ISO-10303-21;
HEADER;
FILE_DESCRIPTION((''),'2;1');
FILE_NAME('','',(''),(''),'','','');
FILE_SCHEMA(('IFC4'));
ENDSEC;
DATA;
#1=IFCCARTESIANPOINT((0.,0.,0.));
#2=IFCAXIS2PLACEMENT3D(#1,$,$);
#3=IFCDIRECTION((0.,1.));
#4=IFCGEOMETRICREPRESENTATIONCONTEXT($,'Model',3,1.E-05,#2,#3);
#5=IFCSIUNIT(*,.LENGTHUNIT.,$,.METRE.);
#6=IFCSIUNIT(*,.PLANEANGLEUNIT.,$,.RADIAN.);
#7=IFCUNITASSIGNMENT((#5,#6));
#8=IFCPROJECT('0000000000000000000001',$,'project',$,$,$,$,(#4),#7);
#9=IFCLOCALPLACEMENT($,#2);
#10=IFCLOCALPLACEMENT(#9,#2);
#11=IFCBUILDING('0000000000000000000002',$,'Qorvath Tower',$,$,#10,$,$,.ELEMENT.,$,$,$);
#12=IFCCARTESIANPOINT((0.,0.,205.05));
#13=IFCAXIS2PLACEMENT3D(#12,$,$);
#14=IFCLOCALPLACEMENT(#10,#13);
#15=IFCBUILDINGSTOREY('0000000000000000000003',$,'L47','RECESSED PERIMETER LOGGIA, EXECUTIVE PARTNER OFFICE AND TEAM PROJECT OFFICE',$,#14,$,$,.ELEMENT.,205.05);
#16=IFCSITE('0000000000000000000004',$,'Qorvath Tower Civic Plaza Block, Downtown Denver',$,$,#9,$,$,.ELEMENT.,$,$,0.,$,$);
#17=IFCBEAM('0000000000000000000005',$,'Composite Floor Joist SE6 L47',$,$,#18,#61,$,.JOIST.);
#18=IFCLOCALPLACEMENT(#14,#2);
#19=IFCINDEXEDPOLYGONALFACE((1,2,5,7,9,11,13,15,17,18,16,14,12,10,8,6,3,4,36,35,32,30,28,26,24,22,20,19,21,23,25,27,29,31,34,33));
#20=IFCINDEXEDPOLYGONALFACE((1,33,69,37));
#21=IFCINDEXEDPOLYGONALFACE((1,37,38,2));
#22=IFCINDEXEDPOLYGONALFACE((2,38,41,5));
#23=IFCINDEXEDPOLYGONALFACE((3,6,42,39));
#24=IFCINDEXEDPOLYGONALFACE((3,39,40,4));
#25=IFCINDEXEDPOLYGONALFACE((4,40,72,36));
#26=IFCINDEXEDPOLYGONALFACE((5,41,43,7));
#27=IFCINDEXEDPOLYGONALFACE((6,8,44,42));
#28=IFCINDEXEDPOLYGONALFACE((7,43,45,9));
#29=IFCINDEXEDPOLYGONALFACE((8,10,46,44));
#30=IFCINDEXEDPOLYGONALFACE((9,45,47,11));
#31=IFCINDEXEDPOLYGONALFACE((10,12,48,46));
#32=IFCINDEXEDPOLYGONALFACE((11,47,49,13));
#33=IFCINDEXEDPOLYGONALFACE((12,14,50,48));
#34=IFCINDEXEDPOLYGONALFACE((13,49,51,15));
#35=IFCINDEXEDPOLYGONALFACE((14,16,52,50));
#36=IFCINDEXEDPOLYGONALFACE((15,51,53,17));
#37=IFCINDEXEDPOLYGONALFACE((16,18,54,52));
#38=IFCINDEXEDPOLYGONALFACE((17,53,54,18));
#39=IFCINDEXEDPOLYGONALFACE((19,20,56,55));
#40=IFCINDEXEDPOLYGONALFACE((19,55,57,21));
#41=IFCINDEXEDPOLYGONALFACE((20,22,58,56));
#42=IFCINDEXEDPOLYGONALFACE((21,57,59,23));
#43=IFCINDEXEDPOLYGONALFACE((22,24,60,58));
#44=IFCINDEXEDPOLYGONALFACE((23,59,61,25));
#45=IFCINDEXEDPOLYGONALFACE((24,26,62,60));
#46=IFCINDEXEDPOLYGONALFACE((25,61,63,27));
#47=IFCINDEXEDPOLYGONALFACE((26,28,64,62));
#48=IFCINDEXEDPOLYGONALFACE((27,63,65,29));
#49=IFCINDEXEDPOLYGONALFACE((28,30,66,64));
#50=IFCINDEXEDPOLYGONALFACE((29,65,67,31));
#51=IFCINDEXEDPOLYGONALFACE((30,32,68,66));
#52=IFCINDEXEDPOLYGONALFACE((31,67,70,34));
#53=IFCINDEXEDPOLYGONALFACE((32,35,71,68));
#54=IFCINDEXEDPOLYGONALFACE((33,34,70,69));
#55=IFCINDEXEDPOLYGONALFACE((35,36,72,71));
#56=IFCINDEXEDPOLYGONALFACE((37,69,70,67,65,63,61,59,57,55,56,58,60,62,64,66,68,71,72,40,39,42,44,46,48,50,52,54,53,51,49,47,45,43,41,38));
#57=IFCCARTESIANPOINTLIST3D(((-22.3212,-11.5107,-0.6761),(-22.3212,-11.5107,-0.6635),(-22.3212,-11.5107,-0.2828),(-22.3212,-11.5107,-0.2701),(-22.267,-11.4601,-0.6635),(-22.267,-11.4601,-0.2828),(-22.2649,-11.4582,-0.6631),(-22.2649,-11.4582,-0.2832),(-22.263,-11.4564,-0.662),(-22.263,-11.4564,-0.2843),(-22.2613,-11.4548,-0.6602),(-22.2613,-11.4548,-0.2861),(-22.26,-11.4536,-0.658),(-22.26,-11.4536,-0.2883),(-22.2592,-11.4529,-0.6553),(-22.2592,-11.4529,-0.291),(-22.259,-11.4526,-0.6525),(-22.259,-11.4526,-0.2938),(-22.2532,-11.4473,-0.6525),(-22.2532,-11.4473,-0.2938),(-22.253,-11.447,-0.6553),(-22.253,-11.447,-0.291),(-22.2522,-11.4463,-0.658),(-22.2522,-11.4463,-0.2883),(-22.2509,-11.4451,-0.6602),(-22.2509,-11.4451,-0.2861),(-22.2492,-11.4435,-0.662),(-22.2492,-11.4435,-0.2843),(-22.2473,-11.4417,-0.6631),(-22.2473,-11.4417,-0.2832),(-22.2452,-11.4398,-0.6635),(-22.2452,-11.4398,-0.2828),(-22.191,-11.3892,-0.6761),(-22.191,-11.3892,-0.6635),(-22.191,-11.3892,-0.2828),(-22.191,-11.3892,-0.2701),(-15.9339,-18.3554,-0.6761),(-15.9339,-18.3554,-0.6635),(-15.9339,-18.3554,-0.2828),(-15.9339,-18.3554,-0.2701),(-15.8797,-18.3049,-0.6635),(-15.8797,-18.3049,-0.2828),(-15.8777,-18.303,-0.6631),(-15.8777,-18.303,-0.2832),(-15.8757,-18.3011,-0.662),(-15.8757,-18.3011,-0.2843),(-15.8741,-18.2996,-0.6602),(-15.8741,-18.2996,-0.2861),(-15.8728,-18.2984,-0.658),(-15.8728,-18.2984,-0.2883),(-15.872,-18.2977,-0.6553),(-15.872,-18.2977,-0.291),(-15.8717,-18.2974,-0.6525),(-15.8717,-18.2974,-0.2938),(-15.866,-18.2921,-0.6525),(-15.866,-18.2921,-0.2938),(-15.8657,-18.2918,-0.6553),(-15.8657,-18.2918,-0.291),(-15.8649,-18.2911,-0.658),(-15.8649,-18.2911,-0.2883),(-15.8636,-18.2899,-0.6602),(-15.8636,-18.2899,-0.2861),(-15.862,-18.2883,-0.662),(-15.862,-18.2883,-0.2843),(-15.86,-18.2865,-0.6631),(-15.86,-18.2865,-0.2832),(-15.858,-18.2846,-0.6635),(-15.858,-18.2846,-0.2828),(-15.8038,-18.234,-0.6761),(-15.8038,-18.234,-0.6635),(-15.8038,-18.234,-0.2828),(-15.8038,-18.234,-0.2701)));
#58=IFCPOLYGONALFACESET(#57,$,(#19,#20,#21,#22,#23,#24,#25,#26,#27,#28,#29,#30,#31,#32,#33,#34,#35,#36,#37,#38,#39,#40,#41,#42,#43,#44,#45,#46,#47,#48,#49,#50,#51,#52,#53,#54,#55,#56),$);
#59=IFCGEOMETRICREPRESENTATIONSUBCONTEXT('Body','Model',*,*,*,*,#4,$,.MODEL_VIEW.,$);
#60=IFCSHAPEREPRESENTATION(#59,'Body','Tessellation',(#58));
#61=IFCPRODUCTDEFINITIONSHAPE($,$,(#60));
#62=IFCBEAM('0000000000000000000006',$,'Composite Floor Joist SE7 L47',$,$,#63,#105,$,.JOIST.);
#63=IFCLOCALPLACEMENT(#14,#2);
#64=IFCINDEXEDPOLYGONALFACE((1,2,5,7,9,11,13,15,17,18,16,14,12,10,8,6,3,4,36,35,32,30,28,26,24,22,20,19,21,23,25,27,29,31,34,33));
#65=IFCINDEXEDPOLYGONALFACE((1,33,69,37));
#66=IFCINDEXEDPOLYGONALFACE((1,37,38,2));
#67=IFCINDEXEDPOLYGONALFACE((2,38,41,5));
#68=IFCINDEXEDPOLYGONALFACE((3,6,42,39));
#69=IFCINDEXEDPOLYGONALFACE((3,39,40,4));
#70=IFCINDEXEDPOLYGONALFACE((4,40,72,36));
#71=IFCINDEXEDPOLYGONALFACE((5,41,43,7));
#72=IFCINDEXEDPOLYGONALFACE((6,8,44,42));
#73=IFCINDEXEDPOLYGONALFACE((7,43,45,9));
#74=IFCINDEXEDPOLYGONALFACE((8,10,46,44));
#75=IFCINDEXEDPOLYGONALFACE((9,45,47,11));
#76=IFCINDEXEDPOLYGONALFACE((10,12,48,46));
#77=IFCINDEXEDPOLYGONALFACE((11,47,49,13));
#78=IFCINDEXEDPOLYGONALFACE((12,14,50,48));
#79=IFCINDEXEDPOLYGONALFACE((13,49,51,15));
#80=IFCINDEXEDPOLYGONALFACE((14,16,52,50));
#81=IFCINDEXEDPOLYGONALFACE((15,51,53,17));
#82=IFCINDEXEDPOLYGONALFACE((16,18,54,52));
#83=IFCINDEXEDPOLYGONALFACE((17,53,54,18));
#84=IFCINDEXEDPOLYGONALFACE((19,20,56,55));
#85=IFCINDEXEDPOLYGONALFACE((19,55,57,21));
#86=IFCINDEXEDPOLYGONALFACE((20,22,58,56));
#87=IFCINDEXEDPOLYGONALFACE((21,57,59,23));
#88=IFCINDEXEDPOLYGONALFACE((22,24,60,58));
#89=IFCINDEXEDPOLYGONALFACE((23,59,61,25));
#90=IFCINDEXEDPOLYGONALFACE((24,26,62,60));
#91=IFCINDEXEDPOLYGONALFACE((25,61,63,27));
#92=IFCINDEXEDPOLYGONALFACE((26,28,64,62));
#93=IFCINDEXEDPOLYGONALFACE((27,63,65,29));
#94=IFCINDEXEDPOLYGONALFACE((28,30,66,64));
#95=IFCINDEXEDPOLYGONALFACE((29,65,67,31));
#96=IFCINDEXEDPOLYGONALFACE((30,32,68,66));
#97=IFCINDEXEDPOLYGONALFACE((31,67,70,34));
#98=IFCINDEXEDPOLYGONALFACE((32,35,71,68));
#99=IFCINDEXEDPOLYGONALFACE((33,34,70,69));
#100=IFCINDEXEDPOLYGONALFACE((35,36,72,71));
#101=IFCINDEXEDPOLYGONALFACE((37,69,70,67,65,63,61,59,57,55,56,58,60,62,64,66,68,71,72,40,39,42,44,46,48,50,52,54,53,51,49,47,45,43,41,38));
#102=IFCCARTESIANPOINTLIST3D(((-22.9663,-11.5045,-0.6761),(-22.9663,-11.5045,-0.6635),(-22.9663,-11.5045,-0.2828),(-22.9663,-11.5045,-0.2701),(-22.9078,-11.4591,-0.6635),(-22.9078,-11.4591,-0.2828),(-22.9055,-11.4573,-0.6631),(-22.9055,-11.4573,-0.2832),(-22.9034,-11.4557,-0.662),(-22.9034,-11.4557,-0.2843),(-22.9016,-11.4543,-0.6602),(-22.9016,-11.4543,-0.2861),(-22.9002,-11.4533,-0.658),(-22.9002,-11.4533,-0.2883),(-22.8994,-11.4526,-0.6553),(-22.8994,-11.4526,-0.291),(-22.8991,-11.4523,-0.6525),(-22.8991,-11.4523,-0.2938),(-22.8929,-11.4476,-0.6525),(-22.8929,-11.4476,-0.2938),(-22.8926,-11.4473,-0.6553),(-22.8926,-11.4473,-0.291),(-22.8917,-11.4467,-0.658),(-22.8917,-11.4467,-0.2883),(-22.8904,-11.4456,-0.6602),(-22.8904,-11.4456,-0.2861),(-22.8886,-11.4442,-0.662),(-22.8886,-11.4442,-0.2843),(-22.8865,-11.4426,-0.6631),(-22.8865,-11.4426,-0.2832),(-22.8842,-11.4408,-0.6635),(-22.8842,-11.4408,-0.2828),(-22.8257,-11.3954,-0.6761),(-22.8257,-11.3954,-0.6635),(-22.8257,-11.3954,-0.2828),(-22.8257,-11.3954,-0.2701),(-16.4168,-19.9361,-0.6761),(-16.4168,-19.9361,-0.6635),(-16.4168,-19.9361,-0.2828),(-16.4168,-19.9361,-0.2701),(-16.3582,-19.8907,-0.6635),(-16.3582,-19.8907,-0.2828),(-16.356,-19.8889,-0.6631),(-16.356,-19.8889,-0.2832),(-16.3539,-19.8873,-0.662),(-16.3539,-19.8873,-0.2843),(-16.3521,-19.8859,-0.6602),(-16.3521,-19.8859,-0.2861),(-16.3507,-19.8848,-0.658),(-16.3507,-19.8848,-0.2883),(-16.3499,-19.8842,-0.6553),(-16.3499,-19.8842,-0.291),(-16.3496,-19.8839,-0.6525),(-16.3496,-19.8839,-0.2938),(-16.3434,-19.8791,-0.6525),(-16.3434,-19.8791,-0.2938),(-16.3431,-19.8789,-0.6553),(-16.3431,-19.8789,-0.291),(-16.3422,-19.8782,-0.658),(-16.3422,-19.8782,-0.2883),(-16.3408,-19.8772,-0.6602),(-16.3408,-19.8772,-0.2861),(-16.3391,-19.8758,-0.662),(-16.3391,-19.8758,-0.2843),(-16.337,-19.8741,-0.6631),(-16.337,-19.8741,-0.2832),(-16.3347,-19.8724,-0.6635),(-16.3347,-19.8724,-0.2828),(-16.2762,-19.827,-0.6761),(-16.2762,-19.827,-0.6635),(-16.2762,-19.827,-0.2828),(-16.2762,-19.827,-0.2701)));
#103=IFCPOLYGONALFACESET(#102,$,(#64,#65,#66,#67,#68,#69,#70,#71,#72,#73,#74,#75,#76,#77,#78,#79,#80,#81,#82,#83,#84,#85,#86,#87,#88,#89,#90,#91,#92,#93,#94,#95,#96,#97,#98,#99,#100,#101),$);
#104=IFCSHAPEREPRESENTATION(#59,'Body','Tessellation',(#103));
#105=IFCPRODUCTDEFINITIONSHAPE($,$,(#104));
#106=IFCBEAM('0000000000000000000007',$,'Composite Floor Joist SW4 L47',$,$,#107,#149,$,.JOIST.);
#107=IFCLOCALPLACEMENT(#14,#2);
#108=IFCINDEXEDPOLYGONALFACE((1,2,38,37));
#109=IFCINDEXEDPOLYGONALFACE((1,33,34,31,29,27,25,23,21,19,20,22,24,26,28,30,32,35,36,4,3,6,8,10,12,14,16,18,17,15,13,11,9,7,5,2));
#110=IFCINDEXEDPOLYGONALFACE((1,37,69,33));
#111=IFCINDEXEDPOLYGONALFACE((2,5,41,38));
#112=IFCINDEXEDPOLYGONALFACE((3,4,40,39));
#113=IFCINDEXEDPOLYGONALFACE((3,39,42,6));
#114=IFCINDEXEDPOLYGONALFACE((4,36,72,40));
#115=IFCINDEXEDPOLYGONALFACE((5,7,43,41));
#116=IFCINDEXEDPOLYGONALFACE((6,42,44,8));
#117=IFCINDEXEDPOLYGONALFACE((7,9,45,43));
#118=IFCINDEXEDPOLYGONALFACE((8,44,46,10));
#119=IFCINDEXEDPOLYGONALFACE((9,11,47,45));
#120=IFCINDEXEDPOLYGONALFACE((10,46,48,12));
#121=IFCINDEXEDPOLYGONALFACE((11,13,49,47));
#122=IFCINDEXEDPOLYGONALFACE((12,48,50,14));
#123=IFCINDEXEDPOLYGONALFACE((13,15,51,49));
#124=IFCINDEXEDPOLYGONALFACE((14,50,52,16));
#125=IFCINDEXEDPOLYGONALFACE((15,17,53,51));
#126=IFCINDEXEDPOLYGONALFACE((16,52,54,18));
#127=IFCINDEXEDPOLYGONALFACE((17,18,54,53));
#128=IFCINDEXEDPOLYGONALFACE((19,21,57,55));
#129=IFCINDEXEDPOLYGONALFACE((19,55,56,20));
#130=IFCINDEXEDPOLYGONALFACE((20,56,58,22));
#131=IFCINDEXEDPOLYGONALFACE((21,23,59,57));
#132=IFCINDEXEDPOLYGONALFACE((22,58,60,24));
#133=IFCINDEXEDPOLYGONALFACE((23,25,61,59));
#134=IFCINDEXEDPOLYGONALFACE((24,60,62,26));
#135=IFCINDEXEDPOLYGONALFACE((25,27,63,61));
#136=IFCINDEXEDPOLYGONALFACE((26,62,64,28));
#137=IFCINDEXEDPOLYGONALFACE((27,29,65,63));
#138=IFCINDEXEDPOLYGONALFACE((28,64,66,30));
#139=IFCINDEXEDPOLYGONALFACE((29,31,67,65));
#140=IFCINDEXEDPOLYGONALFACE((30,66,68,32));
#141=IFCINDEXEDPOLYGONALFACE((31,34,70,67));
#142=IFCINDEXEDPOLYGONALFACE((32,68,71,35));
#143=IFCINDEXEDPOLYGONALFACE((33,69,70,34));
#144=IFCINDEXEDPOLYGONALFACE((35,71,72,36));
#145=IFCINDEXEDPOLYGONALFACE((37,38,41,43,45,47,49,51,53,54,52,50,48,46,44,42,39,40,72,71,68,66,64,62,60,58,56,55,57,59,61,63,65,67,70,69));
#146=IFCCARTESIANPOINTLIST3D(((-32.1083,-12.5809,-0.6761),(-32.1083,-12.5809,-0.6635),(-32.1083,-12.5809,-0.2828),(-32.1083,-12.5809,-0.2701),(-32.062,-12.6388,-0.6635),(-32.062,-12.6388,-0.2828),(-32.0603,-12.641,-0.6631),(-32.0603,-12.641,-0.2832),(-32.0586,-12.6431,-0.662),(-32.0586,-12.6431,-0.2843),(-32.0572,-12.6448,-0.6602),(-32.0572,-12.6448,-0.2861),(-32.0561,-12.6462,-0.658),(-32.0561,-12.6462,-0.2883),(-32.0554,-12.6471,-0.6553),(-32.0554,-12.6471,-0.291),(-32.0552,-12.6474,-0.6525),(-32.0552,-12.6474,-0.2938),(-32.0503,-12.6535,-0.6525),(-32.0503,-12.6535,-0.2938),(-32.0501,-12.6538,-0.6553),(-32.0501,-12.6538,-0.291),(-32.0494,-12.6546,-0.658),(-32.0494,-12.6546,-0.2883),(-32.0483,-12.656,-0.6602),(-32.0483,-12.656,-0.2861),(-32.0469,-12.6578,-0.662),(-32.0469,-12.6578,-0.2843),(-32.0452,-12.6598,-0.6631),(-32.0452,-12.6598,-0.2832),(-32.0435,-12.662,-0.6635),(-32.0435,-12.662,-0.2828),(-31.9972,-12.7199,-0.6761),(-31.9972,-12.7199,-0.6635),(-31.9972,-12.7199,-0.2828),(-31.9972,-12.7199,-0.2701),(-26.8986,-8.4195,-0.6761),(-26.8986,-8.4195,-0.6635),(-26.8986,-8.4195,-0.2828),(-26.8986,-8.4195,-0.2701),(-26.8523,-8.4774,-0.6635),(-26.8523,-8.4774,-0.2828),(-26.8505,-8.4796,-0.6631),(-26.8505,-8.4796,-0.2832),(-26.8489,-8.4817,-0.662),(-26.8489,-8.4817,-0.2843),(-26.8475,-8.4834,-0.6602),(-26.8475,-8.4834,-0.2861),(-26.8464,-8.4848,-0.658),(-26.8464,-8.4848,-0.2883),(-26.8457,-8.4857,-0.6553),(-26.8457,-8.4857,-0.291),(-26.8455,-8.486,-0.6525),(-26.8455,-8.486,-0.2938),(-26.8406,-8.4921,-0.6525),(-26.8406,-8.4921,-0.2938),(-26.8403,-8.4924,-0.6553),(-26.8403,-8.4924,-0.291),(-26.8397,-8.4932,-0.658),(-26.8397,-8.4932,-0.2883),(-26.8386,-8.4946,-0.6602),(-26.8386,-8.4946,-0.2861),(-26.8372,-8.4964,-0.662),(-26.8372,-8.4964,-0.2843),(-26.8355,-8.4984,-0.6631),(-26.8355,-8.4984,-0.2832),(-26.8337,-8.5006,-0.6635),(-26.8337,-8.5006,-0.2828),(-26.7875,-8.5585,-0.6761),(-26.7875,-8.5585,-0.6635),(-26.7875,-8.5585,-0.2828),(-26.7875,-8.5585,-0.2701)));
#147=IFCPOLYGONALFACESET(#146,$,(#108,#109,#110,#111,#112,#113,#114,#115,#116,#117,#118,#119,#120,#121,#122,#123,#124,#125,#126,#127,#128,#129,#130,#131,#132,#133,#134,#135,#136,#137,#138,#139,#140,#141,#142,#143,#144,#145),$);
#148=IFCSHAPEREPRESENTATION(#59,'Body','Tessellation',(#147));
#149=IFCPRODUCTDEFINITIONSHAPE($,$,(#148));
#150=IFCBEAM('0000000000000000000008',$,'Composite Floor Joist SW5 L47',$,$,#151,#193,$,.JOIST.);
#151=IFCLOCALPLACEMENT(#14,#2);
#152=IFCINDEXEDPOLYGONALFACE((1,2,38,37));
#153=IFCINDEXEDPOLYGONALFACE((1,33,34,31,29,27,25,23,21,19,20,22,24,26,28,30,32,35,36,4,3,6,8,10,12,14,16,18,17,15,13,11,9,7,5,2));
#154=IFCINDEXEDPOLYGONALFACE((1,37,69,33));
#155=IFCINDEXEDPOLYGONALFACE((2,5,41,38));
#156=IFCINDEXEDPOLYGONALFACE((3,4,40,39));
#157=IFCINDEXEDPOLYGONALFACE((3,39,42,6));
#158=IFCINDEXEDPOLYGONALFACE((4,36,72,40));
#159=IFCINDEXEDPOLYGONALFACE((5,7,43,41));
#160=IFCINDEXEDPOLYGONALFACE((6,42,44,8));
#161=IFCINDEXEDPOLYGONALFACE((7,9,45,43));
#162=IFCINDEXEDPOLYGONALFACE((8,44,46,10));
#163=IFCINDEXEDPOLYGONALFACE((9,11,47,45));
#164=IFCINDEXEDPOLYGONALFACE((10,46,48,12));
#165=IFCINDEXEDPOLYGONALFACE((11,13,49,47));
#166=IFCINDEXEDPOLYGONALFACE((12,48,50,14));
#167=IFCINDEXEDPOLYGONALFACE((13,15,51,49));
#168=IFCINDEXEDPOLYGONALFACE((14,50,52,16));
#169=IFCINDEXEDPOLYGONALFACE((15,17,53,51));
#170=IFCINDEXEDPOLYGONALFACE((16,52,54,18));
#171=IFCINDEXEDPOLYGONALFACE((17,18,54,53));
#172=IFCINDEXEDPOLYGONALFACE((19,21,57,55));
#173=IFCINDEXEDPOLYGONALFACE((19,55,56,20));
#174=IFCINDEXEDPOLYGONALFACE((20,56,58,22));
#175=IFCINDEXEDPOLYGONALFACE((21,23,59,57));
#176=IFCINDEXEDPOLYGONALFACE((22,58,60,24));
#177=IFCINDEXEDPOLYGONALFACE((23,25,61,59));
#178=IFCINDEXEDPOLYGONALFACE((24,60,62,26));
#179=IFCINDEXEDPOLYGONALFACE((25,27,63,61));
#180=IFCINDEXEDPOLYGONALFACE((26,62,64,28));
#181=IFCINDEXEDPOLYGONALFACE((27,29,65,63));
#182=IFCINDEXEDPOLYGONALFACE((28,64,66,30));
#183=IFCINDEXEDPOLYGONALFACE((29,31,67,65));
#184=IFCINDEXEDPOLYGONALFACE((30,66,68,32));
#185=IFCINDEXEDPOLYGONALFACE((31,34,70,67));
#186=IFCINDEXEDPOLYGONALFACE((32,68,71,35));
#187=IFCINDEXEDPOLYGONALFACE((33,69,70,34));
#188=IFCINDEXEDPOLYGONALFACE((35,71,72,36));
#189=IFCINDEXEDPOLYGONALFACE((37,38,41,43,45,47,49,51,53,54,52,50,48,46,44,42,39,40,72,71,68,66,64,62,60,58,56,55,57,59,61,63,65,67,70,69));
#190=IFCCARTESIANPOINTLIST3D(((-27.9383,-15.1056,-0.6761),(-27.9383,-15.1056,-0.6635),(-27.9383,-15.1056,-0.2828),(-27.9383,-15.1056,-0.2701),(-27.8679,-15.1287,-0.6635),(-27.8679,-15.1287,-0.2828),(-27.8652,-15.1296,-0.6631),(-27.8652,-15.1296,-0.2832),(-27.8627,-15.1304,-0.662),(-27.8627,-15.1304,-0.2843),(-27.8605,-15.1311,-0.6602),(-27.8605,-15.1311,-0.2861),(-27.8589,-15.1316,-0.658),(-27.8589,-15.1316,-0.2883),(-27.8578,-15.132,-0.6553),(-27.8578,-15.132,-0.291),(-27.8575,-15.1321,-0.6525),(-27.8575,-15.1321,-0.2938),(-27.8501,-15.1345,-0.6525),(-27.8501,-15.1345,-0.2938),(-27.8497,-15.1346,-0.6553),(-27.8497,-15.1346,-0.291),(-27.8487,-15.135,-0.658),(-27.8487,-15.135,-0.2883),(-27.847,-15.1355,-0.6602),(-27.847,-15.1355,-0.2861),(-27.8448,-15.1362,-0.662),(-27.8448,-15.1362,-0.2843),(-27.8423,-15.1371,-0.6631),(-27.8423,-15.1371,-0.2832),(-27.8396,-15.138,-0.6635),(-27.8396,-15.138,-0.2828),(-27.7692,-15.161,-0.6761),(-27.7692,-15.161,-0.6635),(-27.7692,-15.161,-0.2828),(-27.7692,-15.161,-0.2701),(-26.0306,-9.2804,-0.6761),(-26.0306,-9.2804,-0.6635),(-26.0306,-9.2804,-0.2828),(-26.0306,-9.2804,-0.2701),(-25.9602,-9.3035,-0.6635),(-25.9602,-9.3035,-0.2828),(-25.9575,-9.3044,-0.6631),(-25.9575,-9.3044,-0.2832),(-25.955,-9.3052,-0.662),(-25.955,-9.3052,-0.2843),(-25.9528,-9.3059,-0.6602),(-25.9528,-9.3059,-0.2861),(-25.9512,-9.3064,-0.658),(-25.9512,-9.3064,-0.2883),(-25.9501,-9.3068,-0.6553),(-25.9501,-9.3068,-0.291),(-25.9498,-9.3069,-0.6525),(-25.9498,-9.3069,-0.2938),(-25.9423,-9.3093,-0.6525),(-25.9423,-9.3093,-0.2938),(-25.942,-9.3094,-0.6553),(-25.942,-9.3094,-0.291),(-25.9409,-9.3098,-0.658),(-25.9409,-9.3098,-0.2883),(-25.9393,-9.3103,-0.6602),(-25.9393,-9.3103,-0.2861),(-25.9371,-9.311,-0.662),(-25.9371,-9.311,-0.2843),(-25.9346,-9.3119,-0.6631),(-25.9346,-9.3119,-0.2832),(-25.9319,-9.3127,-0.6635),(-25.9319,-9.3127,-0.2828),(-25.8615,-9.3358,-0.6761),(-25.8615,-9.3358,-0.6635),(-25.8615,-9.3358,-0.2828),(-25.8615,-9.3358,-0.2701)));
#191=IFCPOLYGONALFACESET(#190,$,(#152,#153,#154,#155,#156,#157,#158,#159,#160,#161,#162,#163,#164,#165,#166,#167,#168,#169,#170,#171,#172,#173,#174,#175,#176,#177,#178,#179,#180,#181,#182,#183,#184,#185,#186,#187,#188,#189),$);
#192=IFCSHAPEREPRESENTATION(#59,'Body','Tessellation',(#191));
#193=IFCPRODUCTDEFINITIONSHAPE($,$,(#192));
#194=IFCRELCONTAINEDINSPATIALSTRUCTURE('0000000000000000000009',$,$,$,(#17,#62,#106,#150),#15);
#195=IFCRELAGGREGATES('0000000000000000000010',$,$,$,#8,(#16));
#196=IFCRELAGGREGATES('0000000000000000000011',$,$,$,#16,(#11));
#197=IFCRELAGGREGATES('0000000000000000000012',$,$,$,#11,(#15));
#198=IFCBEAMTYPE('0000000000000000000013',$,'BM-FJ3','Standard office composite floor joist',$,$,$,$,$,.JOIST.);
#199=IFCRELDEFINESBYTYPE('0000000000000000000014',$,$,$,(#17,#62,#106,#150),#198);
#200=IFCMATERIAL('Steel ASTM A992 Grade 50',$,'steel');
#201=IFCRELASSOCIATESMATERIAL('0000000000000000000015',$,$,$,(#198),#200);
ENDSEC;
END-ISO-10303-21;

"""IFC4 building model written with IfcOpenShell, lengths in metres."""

from ifc_helpers import new_model, si_unit, direction, frame, origin, origin_2d, place, context, subcontext, project, spatial, i_section, extrude, material, material_profile, profile_set, type_object, element, save


model = new_model("IFC4")

# Units and contexts
model_context = context("Model", 3, precision=1e-05, world=origin(), true_north=direction((0.0, 1.0)))
body_context = subcontext(model_context, "Body", "Model", "MODEL_VIEW")
ifc_project = project(units=[si_unit("LENGTHUNIT", "METRE"), si_unit("PLANEANGLEUNIT", "RADIAN")], contexts=[model_context])

# Site, building, storey
site_placement = place(None, origin())
site = spatial("IfcSite", under=ifc_project, at=site_placement, Name="Qorvath Tower Civic Plaza Block, Downtown Denver", CompositionType="ELEMENT", RefElevation=0.0)
building_placement = place(site_placement, origin())
building = spatial("IfcBuilding", under=site, at=building_placement, Name="Qorvath Tower", CompositionType="ELEMENT")
storey_placement = place(building_placement, frame((0.0, 0.0, 205.05)))
storey = spatial("IfcBuildingStorey", under=building, at=storey_placement, Name="L47", Description="RECESSED PERIMETER LOGGIA, EXECUTIVE PARTNER OFFICE AND TEAM PROJECT OFFICE", CompositionType="ELEMENT", Elevation=205.05)

# Beams
ifc_material_1 = material(Name="Steel ASTM A992 Grade 50", Category="steel")
ifc_material_profile_1 = material_profile(ifc_material_1, i_section(OverallWidth=0.178, OverallDepth=0.406, WebThickness=0.0078, FlangeThickness=0.0127, FilletRadius=0.011, at=origin_2d()), Name="W16x40")
ifc_profile_set_1 = profile_set([ifc_material_profile_1], Name="Steel ASTM A992 Grade 50")
beam_type_1 = type_object("IfcBeamType", Name="BM-FJ3", Description="Standard office composite floor joist", PredefinedType="JOIST", material=ifc_profile_set_1)
beam_1_placement = place(storey_placement, frame((-22.2561, -11.45, -0.4731), z_axis=(0.682249, -0.731119, 0.0), x_axis=(0.731119, 0.682249, 0.0)))
element("IfcBeam", 1, at=beam_1_placement, inside=storey, type_object=beam_type_1, Name="Composite Floor Joist SE6 L47", PredefinedType="JOIST", context=body_context, shape_type="SweptSolid", body=[
    extrude(i_section(OverallWidth=0.178, OverallDepth=0.406, WebThickness=0.0078, FlangeThickness=0.0127, FilletRadius=0.011, at=origin_2d()), origin(), (0.0, 0.0, 1.0), 9.3621),
])
beam_2_placement = place(storey_placement, frame((-22.896, -11.45, -0.4731), z_axis=(0.613451, -0.789733, 0.0), x_axis=(0.789733, 0.613451, 0.0)))
element("IfcBeam", 2, at=beam_2_placement, inside=storey, type_object=beam_type_1, Name="Composite Floor Joist SE7 L47", PredefinedType="JOIST", context=body_context, shape_type="SweptSolid", body=[
    extrude(i_section(OverallWidth=0.178, OverallDepth=0.406, WebThickness=0.0078, FlangeThickness=0.0127, FilletRadius=0.011, at=origin_2d()), origin(), (0.0, 0.0, 1.0), 10.6765),
])
beam_3_placement = place(storey_placement, frame((-26.843, -8.489, -0.4731), z_axis=(-0.781337, -0.62411, 0.0), x_axis=(0.62411, -0.781337, 0.0)))
element("IfcBeam", 3, at=beam_3_placement, inside=storey, type_object=beam_type_1, Name="Composite Floor Joist SW4 L47", PredefinedType="JOIST", context=body_context, shape_type="SweptSolid", body=[
    extrude(i_section(OverallWidth=0.178, OverallDepth=0.406, WebThickness=0.0078, FlangeThickness=0.0127, FilletRadius=0.011, at=origin_2d()), origin(), (0.0, 0.0, 1.0), 6.6677),
])
beam_4_placement = place(storey_placement, frame((-25.946, -9.3081, -0.4731), z_axis=(-0.311229, -0.950335, 0.0), x_axis=(0.950335, -0.311229, 0.0)))
element("IfcBeam", 4, at=beam_4_placement, inside=storey, type_object=beam_type_1, Name="Composite Floor Joist SW5 L47", PredefinedType="JOIST", context=body_context, shape_type="SweptSolid", body=[
    extrude(i_section(OverallWidth=0.178, OverallDepth=0.406, WebThickness=0.0078, FlangeThickness=0.0127, FilletRadius=0.011, at=origin_2d()), origin(), (0.0, 0.0, 1.0), 6.1296),
])

save(model, "model.ifc")
